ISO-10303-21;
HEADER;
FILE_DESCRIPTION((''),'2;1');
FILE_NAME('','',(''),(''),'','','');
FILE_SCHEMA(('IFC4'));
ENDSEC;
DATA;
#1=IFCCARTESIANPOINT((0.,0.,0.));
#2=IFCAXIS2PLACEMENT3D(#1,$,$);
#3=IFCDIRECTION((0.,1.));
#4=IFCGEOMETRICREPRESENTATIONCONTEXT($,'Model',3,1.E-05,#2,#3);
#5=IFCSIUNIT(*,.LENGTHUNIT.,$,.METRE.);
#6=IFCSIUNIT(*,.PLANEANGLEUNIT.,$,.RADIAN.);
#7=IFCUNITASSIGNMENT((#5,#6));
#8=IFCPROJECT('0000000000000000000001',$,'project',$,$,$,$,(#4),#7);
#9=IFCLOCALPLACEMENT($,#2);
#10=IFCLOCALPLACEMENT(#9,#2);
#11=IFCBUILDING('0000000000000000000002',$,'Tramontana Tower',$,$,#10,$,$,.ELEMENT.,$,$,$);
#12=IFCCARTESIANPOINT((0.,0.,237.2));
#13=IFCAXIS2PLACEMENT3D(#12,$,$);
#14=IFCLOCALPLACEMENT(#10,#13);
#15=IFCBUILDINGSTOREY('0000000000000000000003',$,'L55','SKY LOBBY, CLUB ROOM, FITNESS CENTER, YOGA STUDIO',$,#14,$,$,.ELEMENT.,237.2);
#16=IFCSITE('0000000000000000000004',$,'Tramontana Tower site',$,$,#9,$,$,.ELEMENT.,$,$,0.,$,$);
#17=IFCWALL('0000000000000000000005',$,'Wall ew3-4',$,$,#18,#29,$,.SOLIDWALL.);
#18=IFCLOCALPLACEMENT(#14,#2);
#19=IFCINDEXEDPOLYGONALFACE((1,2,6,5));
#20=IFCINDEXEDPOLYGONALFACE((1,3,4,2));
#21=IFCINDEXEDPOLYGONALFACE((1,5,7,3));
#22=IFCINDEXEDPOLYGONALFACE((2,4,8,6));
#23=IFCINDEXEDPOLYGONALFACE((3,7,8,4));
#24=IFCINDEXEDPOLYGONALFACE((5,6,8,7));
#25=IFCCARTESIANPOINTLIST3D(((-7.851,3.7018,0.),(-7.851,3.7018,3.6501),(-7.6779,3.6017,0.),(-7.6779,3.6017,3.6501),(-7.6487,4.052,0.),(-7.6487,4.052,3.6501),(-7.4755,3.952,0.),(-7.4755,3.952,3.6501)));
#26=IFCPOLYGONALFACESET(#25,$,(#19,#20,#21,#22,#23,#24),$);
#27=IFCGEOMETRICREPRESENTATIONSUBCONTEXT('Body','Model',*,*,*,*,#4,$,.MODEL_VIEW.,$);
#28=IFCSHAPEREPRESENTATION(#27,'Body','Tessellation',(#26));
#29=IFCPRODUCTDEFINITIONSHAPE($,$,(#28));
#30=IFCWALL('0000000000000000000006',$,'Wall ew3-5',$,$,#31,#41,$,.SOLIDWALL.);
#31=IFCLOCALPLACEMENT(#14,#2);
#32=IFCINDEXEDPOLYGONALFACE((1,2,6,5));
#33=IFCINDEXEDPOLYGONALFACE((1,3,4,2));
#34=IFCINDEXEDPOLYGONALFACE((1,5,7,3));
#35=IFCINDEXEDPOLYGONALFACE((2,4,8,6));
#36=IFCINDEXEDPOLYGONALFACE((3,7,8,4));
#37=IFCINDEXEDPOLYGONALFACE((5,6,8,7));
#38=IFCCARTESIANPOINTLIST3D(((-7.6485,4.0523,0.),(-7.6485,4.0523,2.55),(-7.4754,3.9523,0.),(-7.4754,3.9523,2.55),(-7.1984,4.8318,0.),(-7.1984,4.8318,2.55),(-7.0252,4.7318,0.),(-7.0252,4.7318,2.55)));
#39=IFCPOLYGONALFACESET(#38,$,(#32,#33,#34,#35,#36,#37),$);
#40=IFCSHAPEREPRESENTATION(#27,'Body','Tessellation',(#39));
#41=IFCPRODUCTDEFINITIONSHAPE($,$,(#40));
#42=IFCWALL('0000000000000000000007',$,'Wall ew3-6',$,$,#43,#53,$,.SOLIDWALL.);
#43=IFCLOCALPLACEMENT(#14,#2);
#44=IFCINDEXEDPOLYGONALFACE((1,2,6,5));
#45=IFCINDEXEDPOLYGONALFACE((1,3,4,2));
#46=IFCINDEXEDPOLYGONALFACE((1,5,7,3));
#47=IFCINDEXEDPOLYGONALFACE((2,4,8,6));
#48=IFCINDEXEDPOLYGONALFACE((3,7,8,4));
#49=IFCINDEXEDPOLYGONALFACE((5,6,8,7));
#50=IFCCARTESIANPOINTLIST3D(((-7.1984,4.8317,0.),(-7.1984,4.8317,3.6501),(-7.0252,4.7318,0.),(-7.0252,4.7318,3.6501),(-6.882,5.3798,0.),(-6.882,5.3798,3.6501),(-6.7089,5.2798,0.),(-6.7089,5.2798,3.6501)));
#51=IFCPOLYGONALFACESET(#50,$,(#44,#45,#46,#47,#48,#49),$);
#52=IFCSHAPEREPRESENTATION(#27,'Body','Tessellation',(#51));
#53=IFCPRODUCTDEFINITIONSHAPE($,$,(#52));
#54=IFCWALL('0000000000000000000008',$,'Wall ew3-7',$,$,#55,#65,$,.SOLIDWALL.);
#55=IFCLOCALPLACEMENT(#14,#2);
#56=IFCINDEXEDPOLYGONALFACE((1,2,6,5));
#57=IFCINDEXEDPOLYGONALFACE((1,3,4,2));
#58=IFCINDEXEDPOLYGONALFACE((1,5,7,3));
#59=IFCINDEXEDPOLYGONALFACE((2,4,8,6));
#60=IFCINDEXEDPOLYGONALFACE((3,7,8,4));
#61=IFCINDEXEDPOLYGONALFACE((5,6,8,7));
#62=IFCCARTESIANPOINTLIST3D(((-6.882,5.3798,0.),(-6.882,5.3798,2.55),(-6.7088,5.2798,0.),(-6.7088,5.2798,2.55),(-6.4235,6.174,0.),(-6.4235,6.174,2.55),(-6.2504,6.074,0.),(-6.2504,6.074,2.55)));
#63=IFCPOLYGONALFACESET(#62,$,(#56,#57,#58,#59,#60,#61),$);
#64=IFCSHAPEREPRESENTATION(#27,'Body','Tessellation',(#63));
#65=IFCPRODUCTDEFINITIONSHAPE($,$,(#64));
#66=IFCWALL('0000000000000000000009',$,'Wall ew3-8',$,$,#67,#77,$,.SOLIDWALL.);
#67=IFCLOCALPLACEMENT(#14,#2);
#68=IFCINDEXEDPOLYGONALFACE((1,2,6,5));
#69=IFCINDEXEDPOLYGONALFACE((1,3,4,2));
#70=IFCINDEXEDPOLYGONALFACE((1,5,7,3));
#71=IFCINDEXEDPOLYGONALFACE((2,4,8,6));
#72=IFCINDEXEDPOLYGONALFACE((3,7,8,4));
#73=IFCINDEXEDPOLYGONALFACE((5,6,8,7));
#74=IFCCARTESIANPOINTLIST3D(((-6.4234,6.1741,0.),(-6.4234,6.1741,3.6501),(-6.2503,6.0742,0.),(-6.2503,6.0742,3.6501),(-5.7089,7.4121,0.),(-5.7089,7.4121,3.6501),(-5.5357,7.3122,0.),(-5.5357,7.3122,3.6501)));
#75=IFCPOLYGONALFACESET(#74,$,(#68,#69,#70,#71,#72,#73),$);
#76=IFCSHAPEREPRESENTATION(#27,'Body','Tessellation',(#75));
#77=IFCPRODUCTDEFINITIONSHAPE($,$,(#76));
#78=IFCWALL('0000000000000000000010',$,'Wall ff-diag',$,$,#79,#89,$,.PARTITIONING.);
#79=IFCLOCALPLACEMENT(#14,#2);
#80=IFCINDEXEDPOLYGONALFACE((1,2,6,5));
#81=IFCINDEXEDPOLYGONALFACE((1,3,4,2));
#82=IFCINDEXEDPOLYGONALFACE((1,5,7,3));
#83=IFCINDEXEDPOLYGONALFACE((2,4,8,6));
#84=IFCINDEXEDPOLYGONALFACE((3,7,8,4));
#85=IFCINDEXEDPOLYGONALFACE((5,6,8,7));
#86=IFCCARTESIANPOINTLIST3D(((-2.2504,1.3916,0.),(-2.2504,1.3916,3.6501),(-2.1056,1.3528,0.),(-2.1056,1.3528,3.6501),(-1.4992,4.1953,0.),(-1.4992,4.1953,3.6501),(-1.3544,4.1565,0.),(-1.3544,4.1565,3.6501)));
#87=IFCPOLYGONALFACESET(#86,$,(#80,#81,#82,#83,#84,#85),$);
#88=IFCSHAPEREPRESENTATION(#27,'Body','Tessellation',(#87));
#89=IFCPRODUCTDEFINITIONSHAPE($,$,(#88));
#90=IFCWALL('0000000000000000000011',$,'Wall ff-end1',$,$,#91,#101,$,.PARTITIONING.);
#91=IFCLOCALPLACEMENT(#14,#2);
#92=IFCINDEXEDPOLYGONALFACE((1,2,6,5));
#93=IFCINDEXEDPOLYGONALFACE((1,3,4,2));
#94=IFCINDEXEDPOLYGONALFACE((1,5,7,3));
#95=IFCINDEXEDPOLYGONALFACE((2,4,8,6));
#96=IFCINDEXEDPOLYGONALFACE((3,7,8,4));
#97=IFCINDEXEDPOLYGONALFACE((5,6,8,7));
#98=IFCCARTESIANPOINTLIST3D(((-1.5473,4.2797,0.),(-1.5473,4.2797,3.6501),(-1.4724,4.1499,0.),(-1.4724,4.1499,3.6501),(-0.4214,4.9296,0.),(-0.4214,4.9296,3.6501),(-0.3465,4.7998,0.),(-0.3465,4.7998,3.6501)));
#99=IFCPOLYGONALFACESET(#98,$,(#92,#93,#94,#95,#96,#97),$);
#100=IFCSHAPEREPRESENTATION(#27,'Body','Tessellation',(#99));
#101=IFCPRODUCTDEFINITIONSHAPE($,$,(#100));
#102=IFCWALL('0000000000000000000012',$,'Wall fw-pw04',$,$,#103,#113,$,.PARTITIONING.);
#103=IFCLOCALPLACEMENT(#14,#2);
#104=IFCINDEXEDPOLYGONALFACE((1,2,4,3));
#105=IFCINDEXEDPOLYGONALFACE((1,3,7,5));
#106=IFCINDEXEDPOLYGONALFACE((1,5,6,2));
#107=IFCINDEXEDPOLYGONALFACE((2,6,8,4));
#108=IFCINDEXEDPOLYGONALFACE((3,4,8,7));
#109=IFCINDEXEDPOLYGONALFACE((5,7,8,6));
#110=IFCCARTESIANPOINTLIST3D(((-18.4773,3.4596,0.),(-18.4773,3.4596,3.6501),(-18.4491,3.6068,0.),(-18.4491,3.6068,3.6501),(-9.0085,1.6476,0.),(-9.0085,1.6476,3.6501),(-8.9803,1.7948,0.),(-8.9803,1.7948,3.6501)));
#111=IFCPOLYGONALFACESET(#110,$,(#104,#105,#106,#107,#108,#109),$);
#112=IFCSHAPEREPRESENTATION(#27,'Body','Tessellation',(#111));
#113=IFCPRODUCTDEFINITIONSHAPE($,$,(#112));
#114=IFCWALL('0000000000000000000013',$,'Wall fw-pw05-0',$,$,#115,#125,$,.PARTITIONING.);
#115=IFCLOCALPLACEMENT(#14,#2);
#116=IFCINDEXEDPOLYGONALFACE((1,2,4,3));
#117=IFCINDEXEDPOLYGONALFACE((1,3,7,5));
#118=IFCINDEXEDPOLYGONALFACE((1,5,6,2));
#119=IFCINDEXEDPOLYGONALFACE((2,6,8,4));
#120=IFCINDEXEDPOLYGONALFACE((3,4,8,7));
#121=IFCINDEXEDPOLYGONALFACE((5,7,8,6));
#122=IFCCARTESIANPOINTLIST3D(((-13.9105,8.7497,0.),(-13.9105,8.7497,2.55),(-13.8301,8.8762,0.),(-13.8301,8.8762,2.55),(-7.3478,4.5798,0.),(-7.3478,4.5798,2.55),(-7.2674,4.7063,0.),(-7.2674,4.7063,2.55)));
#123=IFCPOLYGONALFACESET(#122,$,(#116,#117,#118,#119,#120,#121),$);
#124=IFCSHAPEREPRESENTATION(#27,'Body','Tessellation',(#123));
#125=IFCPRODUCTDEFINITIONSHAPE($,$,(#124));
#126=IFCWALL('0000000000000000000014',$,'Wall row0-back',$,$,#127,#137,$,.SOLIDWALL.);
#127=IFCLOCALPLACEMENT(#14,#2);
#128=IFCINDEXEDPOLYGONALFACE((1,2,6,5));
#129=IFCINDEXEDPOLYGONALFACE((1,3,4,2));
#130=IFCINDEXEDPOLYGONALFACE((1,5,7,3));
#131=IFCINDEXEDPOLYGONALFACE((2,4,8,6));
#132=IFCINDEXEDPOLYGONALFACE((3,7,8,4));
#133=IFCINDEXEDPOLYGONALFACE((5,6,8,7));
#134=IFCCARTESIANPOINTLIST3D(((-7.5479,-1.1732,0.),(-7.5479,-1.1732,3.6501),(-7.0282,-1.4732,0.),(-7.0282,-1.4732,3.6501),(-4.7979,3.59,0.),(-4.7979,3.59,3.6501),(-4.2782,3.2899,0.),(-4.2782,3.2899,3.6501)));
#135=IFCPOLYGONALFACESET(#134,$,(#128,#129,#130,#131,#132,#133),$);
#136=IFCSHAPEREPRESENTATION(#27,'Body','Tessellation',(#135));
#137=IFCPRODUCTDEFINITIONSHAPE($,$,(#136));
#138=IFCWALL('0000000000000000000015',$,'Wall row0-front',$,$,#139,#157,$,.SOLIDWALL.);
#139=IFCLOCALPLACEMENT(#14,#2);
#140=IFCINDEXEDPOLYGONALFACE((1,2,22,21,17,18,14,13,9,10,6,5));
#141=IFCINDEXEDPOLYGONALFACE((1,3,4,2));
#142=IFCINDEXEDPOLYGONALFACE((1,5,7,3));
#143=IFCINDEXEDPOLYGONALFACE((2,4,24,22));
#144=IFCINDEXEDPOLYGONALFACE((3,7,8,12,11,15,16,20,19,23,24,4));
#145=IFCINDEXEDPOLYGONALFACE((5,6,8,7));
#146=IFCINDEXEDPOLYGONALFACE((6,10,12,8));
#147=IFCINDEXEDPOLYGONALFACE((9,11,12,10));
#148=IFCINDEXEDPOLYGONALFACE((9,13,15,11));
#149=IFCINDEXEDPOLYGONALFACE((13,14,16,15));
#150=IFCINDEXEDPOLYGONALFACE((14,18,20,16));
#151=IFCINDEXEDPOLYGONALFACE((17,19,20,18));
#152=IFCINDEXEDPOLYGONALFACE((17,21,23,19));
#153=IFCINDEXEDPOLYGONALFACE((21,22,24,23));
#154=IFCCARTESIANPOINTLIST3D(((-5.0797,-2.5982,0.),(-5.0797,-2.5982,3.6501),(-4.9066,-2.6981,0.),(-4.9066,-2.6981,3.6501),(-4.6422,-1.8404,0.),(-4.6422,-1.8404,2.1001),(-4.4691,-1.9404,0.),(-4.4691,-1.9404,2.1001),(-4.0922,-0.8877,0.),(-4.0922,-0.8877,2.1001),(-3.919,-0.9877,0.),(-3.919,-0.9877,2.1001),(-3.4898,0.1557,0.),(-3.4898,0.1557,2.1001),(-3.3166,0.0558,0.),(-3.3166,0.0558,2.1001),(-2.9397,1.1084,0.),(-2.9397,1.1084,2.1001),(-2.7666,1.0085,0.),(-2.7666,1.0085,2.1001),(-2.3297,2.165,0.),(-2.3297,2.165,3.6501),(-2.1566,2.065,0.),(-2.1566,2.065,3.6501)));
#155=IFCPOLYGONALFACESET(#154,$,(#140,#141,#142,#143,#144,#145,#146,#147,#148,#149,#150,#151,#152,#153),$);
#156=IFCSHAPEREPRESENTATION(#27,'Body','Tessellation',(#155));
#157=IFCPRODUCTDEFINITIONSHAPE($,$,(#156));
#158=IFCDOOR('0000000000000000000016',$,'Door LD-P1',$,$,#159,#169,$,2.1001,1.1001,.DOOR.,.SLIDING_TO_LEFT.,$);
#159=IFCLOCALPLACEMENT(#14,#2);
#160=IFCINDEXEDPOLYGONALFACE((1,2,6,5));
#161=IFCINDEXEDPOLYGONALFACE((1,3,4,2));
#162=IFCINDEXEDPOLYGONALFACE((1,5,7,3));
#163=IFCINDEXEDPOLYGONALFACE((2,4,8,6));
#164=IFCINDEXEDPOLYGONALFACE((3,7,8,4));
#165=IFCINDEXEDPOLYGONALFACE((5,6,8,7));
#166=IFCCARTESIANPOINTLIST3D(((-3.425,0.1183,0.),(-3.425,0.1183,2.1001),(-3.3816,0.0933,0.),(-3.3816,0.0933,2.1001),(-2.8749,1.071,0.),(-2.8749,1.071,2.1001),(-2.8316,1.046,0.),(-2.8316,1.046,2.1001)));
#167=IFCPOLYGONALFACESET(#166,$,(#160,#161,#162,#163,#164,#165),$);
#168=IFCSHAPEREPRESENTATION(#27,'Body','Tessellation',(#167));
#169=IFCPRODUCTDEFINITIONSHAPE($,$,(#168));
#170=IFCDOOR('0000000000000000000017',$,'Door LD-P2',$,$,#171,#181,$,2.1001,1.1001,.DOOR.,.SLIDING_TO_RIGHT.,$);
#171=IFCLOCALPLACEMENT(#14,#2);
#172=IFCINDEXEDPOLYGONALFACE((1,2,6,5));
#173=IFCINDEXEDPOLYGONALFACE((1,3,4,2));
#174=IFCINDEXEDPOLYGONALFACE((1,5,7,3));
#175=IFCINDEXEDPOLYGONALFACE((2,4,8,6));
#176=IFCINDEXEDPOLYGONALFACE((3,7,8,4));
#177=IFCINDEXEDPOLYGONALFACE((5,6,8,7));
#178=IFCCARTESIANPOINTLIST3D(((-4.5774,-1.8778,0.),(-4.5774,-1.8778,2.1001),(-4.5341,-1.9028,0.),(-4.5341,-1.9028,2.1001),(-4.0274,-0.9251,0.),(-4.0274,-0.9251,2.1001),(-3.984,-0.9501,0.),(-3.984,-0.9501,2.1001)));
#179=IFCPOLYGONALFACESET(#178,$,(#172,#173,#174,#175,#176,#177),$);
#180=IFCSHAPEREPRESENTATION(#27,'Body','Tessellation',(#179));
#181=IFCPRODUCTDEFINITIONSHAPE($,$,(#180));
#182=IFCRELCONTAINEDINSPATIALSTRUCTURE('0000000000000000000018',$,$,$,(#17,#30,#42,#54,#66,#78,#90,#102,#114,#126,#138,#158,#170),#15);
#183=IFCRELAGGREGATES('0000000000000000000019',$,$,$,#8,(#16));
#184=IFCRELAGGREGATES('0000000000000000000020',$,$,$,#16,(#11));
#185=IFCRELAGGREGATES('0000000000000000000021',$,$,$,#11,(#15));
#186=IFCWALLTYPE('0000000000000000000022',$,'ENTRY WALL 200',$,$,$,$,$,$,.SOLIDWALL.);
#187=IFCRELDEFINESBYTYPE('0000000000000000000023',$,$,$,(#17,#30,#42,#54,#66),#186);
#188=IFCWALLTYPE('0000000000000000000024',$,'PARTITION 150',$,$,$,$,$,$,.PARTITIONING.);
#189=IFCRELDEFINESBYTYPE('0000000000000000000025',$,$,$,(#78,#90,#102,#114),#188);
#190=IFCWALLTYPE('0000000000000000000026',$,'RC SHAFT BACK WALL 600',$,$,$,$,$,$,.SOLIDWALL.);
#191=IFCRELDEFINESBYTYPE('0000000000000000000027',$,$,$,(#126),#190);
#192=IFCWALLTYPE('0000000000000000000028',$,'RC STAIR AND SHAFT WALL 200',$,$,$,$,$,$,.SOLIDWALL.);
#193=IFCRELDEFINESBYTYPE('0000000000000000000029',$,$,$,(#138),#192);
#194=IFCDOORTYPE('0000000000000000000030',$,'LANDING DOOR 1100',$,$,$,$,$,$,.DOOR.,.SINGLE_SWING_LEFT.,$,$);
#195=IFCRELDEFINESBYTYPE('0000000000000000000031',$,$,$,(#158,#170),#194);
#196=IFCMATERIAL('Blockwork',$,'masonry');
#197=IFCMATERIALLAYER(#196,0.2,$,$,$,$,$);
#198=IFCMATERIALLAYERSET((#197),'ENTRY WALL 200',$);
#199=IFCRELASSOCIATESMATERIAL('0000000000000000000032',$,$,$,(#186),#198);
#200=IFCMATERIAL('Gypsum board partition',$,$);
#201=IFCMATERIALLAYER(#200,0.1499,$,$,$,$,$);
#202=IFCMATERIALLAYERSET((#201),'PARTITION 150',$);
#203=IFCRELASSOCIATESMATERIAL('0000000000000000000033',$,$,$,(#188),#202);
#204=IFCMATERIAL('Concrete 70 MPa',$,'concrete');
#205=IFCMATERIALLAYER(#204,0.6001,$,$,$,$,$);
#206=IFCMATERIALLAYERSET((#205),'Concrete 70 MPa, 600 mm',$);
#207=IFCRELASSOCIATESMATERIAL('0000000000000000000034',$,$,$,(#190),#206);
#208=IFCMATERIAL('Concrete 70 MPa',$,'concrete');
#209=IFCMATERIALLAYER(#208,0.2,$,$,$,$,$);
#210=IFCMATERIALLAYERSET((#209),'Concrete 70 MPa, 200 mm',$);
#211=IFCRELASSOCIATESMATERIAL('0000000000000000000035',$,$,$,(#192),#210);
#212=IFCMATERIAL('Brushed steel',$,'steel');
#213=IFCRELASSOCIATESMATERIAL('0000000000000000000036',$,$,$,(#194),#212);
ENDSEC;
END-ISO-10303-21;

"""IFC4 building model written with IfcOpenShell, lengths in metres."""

from ifc_helpers import new_model, si_unit, direction, frame, frame_2d, origin, place, context, subcontext, project, spatial, rectangle, extrude, material, layer, layer_set, type_object, element, fill, save


model = new_model("IFC4")

# Units and contexts
model_context = context("Model", 3, precision=1e-05, world=origin(), true_north=direction((0.0, 1.0)))
body_context = subcontext(model_context, "Body", "Model", "MODEL_VIEW")
ifc_project = project(units=[si_unit("LENGTHUNIT", "METRE"), si_unit("PLANEANGLEUNIT", "RADIAN")], contexts=[model_context])

# Site, building, storey
site_placement = place(None, origin())
site = spatial("IfcSite", under=ifc_project, at=site_placement, Name="Tramontana Tower site", CompositionType="ELEMENT", RefElevation=0.0)
building_placement = place(site_placement, origin())
building = spatial("IfcBuilding", under=site, at=building_placement, Name="Tramontana Tower", CompositionType="ELEMENT")
storey_placement = place(building_placement, frame((0.0, 0.0, 237.2)))
storey = spatial("IfcBuildingStorey", under=building, at=storey_placement, Name="L55", Description="SKY LOBBY, CLUB ROOM, FITNESS CENTER, YOGA STUDIO", CompositionType="ELEMENT", Elevation=237.2)

# Shared definitions
ifc_material_1 = material(Name="Blockwork", Category="masonry")
ifc_layer_1 = layer(ifc_material_1, 0.2)
ifc_layer_set_1 = layer_set([ifc_layer_1], Name="ENTRY WALL 200")
wall_type_1 = type_object("IfcWallType", Name="ENTRY WALL 200", PredefinedType="SOLIDWALL", material=ifc_layer_set_1)

# Walls
wall_1_placement = place(storey_placement, frame((-7.7644, 3.6519, 0.0), z_axis=(0.0, 0.0, 1.0), x_axis=(0.500227, 0.865894, 0.0)))
element("IfcWall", 1, at=wall_1_placement, inside=storey, type_object=wall_type_1, Name="Wall ew3-4", PredefinedType="SOLIDWALL", context=body_context, shape_type="SweptSolid", body=[
    extrude(rectangle(XDim=0.4045, YDim=0.2, at=frame_2d((0.2021, 0.0))), origin(), (0.0, 0.0, 1.0), 3.6501),
])
wall_2_placement = place(storey_placement, frame((-7.562, 4.0022, 0.0), z_axis=(0.0, 0.0, 1.0), x_axis=(0.500106, 0.865964, 0.0)))
element("IfcWall", 2, at=wall_2_placement, inside=storey, type_object=wall_type_1, Name="Wall ew3-5", PredefinedType="SOLIDWALL", context=body_context, shape_type="SweptSolid", body=[
    extrude(rectangle(XDim=0.9001, YDim=0.2, at=frame_2d((0.4502, 0.0))), origin(), (0.0, 0.0, 1.0), 2.55),
])
wall_3_placement = place(storey_placement, frame((-7.1118, 4.7817, 0.0), z_axis=(0.0, 0.0, 1.0), x_axis=(0.499956, 0.866051, 0.0)))
element("IfcWall", 3, at=wall_3_placement, inside=storey, type_object=wall_type_1, Name="Wall ew3-6", PredefinedType="SOLIDWALL", context=body_context, shape_type="SweptSolid", body=[
    extrude(rectangle(XDim=0.6328, YDim=0.2, at=frame_2d((0.3164, 0.0))), origin(), (0.0, 0.0, 1.0), 3.6501),
])
wall_4_placement = place(storey_placement, frame((-6.7954, 5.3298, 0.0), z_axis=(0.0, 0.0, 1.0), x_axis=(0.499976, 0.866039, 0.0)))
element("IfcWall", 4, at=wall_4_placement, inside=storey, type_object=wall_type_1, Name="Wall ew3-7", PredefinedType="SOLIDWALL", context=body_context, shape_type="SweptSolid", body=[
    extrude(rectangle(XDim=0.917, YDim=0.2, at=frame_2d((0.4585, 0.0))), origin(), (0.0, 0.0, 1.0), 2.55),
])
wall_5_placement = place(storey_placement, frame((-6.3369, 6.124, 0.0), z_axis=(0.0, 0.0, 1.0), x_axis=(0.499905, 0.86608, 0.0)))
element("IfcWall", 5, at=wall_5_placement, inside=storey, type_object=wall_type_1, Name="Wall ew3-8", PredefinedType="SOLIDWALL", context=body_context, shape_type="SweptSolid", body=[
    extrude(rectangle(XDim=1.4294, YDim=0.2, at=frame_2d((0.7148, 0.0))), origin(), (0.0, 0.0, 1.0), 3.6501),
])

# Walls
ifc_material_2 = material(Name="Gypsum board partition")
ifc_layer_2 = layer(ifc_material_2, 0.1499)
ifc_layer_set_2 = layer_set([ifc_layer_2], Name="PARTITION 150")
wall_type_2 = type_object("IfcWallType", Name="PARTITION 150", PredefinedType="PARTITIONING", material=ifc_layer_set_2)
wall_6_placement = place(storey_placement, frame((-2.178, 1.3723, 0.0), z_axis=(0.0, 0.0, 1.0), x_axis=(0.258809, 0.965929, 0.0)))
element("IfcWall", 6, at=wall_6_placement, inside=storey, type_object=wall_type_2, Name="Wall ff-diag", PredefinedType="PARTITIONING", context=body_context, shape_type="SweptSolid", body=[
    extrude(rectangle(XDim=2.9026, YDim=0.1499, at=frame_2d((1.4512, 0.0))), origin(), (0.0, 0.0, 1.0), 3.6501),
])
wall_7_placement = place(storey_placement, frame((-1.5098, 4.2148, 0.0), z_axis=(0.0, 0.0, 1.0), x_axis=(0.866086, 0.499896, 0.0)))
element("IfcWall", 7, at=wall_7_placement, inside=storey, type_object=wall_type_2, Name="Wall ff-end1", PredefinedType="PARTITIONING", context=body_context, shape_type="SweptSolid", body=[
    extrude(rectangle(XDim=1.3, YDim=0.1499, at=frame_2d((0.6499, 0.0))), origin(), (0.0, 0.0, 1.0), 3.6501),
])
wall_8_placement = place(storey_placement, frame((-8.9944, 1.7212, 0.0), z_axis=(0.0, 0.0, 1.0), x_axis=(-0.982177, 0.187957, 0.0)))
element("IfcWall", 8, at=wall_8_placement, inside=storey, type_object=wall_type_2, Name="Wall fw-pw04", PredefinedType="PARTITIONING", context=body_context, shape_type="SweptSolid", body=[
    extrude(rectangle(XDim=9.6406, YDim=0.1499, at=frame_2d((4.8203, 0.0))), origin(), (0.0, 0.0, 1.0), 3.6501),
])
wall_9_placement = place(storey_placement, frame((-7.3076, 4.6431, 0.0), z_axis=(0.0, 0.0, 1.0), x_axis=(-0.844032, 0.536292, 0.0)))
element("IfcWall", 9, at=wall_9_placement, inside=storey, type_object=wall_type_2, Name="Wall fw-pw05-0", PredefinedType="PARTITIONING", context=body_context, shape_type="SweptSolid", body=[
    extrude(rectangle(XDim=7.7754, YDim=0.1499, at=frame_2d((3.8877, 0.0))), origin(), (0.0, 0.0, 1.0), 2.55),
])
ifc_material_3 = material(Name="Concrete 70 MPa", Category="concrete")
ifc_layer_3 = layer(ifc_material_3, 0.6001)
ifc_layer_set_3 = layer_set([ifc_layer_3], Name="Concrete 70 MPa, 600 mm")
wall_type_3 = type_object("IfcWallType", Name="RC SHAFT BACK WALL 600", PredefinedType="SOLIDWALL", material=ifc_layer_set_3)
wall_10_placement = place(storey_placement, frame((-4.5381, 3.4399, 0.0), z_axis=(0.0, 0.0, 1.0), x_axis=(-0.499997, -0.866027, 0.0)))
element("IfcWall", 10, at=wall_10_placement, inside=storey, type_object=wall_type_3, Name="Wall row0-back", PredefinedType="SOLIDWALL", context=body_context, shape_type="SweptSolid", body=[
    extrude(rectangle(XDim=5.5, YDim=0.6001, at=frame_2d((2.75, 0.0))), origin(), (0.0, 0.0, 1.0), 3.6501),
])

# Shared definitions
ifc_material_4 = material(Name="Concrete 70 MPa", Category="concrete")
ifc_layer_4 = layer(ifc_material_4, 0.2)
ifc_layer_set_4 = layer_set([ifc_layer_4], Name="Concrete 70 MPa, 200 mm")
wall_type_4 = type_object("IfcWallType", Name="RC STAIR AND SHAFT WALL 200", PredefinedType="SOLIDWALL", material=ifc_layer_set_4)

# Wall, openings, doors
wall_11_placement = place(storey_placement, frame((-2.2432, 2.115, 0.0), z_axis=(0.0, 0.0, 1.0), x_axis=(-0.499997, -0.866027, 0.0)))
wall_11 = element("IfcWall", 11, at=wall_11_placement, inside=storey, type_object=wall_type_4, Name="Wall row0-front", PredefinedType="SOLIDWALL", context=body_context, shape_type="SweptSolid", body=[
    extrude(rectangle(XDim=5.5, YDim=0.2, at=frame_2d((2.75, 0.0))), origin(), (0.0, 0.0, 1.0), 3.6501),
])
opening_1_placement = place(wall_11_placement, frame((1.22, 0.0, 0.0)))
opening_1 = element("IfcOpeningElement", 12, at=opening_1_placement, cuts=wall_11, PredefinedType="OPENING", context=body_context, shape_type="SweptSolid", body=[
    extrude(rectangle(XDim=1.1001, YDim=2.1001, at=frame_2d((0.55, 1.05))), frame((0.0, 0.1099, 0.0), z_axis=(0.0, -1.0, 0.0), x_axis=(1.0, 0.0, 0.0)), (0.0, 0.0, 1.0), 0.22),
])
opening_2_placement = place(wall_11_placement, frame((3.5249, 0.0, 0.0)))
opening_2 = element("IfcOpeningElement", 13, at=opening_2_placement, cuts=wall_11, PredefinedType="OPENING", context=body_context, shape_type="SweptSolid", body=[
    extrude(rectangle(XDim=1.1001, YDim=2.1001, at=frame_2d((0.55, 1.05))), frame((0.0, 0.1099, 0.0), z_axis=(0.0, -1.0, 0.0), x_axis=(1.0, 0.0, 0.0)), (0.0, 0.0, 1.0), 0.22),
])
ifc_material_5 = material(Name="Brushed steel", Category="steel")
door_type_1 = type_object("IfcDoorType", Name="LANDING DOOR 1100", OperationType="SINGLE_SWING_LEFT", PredefinedType="DOOR", material=ifc_material_5)
door_1_placement = place(opening_1_placement, origin())
door_1 = element("IfcDoor", 14, at=door_1_placement, inside=storey, type_object=door_type_1, Name="Door LD-P1", OperationType="SLIDING_TO_LEFT", OverallHeight=2.1001, OverallWidth=1.1001, PredefinedType="DOOR", context=body_context, shape_type="SweptSolid", body=[
    extrude(rectangle(XDim=1.1001, YDim=2.1001, at=frame_2d((0.55, 1.05))), frame((0.0, 0.0249, 0.0), z_axis=(0.0, -1.0, 0.0), x_axis=(1.0, 0.0, 0.0)), (0.0, 0.0, 1.0), 0.05),
])
fill(opening_1, door_1)
door_2_placement = place(opening_2_placement, origin())
door_2 = element("IfcDoor", 15, at=door_2_placement, inside=storey, type_object=door_type_1, Name="Door LD-P2", OperationType="SLIDING_TO_RIGHT", OverallHeight=2.1001, OverallWidth=1.1001, PredefinedType="DOOR", context=body_context, shape_type="SweptSolid", body=[
    extrude(rectangle(XDim=1.1001, YDim=2.1001, at=frame_2d((0.55, 1.05))), frame((0.0, 0.0249, 0.0), z_axis=(0.0, -1.0, 0.0), x_axis=(1.0, 0.0, 0.0)), (0.0, 0.0, 1.0), 0.05),
])
fill(opening_2, door_2)

save(model, "model.ifc")
